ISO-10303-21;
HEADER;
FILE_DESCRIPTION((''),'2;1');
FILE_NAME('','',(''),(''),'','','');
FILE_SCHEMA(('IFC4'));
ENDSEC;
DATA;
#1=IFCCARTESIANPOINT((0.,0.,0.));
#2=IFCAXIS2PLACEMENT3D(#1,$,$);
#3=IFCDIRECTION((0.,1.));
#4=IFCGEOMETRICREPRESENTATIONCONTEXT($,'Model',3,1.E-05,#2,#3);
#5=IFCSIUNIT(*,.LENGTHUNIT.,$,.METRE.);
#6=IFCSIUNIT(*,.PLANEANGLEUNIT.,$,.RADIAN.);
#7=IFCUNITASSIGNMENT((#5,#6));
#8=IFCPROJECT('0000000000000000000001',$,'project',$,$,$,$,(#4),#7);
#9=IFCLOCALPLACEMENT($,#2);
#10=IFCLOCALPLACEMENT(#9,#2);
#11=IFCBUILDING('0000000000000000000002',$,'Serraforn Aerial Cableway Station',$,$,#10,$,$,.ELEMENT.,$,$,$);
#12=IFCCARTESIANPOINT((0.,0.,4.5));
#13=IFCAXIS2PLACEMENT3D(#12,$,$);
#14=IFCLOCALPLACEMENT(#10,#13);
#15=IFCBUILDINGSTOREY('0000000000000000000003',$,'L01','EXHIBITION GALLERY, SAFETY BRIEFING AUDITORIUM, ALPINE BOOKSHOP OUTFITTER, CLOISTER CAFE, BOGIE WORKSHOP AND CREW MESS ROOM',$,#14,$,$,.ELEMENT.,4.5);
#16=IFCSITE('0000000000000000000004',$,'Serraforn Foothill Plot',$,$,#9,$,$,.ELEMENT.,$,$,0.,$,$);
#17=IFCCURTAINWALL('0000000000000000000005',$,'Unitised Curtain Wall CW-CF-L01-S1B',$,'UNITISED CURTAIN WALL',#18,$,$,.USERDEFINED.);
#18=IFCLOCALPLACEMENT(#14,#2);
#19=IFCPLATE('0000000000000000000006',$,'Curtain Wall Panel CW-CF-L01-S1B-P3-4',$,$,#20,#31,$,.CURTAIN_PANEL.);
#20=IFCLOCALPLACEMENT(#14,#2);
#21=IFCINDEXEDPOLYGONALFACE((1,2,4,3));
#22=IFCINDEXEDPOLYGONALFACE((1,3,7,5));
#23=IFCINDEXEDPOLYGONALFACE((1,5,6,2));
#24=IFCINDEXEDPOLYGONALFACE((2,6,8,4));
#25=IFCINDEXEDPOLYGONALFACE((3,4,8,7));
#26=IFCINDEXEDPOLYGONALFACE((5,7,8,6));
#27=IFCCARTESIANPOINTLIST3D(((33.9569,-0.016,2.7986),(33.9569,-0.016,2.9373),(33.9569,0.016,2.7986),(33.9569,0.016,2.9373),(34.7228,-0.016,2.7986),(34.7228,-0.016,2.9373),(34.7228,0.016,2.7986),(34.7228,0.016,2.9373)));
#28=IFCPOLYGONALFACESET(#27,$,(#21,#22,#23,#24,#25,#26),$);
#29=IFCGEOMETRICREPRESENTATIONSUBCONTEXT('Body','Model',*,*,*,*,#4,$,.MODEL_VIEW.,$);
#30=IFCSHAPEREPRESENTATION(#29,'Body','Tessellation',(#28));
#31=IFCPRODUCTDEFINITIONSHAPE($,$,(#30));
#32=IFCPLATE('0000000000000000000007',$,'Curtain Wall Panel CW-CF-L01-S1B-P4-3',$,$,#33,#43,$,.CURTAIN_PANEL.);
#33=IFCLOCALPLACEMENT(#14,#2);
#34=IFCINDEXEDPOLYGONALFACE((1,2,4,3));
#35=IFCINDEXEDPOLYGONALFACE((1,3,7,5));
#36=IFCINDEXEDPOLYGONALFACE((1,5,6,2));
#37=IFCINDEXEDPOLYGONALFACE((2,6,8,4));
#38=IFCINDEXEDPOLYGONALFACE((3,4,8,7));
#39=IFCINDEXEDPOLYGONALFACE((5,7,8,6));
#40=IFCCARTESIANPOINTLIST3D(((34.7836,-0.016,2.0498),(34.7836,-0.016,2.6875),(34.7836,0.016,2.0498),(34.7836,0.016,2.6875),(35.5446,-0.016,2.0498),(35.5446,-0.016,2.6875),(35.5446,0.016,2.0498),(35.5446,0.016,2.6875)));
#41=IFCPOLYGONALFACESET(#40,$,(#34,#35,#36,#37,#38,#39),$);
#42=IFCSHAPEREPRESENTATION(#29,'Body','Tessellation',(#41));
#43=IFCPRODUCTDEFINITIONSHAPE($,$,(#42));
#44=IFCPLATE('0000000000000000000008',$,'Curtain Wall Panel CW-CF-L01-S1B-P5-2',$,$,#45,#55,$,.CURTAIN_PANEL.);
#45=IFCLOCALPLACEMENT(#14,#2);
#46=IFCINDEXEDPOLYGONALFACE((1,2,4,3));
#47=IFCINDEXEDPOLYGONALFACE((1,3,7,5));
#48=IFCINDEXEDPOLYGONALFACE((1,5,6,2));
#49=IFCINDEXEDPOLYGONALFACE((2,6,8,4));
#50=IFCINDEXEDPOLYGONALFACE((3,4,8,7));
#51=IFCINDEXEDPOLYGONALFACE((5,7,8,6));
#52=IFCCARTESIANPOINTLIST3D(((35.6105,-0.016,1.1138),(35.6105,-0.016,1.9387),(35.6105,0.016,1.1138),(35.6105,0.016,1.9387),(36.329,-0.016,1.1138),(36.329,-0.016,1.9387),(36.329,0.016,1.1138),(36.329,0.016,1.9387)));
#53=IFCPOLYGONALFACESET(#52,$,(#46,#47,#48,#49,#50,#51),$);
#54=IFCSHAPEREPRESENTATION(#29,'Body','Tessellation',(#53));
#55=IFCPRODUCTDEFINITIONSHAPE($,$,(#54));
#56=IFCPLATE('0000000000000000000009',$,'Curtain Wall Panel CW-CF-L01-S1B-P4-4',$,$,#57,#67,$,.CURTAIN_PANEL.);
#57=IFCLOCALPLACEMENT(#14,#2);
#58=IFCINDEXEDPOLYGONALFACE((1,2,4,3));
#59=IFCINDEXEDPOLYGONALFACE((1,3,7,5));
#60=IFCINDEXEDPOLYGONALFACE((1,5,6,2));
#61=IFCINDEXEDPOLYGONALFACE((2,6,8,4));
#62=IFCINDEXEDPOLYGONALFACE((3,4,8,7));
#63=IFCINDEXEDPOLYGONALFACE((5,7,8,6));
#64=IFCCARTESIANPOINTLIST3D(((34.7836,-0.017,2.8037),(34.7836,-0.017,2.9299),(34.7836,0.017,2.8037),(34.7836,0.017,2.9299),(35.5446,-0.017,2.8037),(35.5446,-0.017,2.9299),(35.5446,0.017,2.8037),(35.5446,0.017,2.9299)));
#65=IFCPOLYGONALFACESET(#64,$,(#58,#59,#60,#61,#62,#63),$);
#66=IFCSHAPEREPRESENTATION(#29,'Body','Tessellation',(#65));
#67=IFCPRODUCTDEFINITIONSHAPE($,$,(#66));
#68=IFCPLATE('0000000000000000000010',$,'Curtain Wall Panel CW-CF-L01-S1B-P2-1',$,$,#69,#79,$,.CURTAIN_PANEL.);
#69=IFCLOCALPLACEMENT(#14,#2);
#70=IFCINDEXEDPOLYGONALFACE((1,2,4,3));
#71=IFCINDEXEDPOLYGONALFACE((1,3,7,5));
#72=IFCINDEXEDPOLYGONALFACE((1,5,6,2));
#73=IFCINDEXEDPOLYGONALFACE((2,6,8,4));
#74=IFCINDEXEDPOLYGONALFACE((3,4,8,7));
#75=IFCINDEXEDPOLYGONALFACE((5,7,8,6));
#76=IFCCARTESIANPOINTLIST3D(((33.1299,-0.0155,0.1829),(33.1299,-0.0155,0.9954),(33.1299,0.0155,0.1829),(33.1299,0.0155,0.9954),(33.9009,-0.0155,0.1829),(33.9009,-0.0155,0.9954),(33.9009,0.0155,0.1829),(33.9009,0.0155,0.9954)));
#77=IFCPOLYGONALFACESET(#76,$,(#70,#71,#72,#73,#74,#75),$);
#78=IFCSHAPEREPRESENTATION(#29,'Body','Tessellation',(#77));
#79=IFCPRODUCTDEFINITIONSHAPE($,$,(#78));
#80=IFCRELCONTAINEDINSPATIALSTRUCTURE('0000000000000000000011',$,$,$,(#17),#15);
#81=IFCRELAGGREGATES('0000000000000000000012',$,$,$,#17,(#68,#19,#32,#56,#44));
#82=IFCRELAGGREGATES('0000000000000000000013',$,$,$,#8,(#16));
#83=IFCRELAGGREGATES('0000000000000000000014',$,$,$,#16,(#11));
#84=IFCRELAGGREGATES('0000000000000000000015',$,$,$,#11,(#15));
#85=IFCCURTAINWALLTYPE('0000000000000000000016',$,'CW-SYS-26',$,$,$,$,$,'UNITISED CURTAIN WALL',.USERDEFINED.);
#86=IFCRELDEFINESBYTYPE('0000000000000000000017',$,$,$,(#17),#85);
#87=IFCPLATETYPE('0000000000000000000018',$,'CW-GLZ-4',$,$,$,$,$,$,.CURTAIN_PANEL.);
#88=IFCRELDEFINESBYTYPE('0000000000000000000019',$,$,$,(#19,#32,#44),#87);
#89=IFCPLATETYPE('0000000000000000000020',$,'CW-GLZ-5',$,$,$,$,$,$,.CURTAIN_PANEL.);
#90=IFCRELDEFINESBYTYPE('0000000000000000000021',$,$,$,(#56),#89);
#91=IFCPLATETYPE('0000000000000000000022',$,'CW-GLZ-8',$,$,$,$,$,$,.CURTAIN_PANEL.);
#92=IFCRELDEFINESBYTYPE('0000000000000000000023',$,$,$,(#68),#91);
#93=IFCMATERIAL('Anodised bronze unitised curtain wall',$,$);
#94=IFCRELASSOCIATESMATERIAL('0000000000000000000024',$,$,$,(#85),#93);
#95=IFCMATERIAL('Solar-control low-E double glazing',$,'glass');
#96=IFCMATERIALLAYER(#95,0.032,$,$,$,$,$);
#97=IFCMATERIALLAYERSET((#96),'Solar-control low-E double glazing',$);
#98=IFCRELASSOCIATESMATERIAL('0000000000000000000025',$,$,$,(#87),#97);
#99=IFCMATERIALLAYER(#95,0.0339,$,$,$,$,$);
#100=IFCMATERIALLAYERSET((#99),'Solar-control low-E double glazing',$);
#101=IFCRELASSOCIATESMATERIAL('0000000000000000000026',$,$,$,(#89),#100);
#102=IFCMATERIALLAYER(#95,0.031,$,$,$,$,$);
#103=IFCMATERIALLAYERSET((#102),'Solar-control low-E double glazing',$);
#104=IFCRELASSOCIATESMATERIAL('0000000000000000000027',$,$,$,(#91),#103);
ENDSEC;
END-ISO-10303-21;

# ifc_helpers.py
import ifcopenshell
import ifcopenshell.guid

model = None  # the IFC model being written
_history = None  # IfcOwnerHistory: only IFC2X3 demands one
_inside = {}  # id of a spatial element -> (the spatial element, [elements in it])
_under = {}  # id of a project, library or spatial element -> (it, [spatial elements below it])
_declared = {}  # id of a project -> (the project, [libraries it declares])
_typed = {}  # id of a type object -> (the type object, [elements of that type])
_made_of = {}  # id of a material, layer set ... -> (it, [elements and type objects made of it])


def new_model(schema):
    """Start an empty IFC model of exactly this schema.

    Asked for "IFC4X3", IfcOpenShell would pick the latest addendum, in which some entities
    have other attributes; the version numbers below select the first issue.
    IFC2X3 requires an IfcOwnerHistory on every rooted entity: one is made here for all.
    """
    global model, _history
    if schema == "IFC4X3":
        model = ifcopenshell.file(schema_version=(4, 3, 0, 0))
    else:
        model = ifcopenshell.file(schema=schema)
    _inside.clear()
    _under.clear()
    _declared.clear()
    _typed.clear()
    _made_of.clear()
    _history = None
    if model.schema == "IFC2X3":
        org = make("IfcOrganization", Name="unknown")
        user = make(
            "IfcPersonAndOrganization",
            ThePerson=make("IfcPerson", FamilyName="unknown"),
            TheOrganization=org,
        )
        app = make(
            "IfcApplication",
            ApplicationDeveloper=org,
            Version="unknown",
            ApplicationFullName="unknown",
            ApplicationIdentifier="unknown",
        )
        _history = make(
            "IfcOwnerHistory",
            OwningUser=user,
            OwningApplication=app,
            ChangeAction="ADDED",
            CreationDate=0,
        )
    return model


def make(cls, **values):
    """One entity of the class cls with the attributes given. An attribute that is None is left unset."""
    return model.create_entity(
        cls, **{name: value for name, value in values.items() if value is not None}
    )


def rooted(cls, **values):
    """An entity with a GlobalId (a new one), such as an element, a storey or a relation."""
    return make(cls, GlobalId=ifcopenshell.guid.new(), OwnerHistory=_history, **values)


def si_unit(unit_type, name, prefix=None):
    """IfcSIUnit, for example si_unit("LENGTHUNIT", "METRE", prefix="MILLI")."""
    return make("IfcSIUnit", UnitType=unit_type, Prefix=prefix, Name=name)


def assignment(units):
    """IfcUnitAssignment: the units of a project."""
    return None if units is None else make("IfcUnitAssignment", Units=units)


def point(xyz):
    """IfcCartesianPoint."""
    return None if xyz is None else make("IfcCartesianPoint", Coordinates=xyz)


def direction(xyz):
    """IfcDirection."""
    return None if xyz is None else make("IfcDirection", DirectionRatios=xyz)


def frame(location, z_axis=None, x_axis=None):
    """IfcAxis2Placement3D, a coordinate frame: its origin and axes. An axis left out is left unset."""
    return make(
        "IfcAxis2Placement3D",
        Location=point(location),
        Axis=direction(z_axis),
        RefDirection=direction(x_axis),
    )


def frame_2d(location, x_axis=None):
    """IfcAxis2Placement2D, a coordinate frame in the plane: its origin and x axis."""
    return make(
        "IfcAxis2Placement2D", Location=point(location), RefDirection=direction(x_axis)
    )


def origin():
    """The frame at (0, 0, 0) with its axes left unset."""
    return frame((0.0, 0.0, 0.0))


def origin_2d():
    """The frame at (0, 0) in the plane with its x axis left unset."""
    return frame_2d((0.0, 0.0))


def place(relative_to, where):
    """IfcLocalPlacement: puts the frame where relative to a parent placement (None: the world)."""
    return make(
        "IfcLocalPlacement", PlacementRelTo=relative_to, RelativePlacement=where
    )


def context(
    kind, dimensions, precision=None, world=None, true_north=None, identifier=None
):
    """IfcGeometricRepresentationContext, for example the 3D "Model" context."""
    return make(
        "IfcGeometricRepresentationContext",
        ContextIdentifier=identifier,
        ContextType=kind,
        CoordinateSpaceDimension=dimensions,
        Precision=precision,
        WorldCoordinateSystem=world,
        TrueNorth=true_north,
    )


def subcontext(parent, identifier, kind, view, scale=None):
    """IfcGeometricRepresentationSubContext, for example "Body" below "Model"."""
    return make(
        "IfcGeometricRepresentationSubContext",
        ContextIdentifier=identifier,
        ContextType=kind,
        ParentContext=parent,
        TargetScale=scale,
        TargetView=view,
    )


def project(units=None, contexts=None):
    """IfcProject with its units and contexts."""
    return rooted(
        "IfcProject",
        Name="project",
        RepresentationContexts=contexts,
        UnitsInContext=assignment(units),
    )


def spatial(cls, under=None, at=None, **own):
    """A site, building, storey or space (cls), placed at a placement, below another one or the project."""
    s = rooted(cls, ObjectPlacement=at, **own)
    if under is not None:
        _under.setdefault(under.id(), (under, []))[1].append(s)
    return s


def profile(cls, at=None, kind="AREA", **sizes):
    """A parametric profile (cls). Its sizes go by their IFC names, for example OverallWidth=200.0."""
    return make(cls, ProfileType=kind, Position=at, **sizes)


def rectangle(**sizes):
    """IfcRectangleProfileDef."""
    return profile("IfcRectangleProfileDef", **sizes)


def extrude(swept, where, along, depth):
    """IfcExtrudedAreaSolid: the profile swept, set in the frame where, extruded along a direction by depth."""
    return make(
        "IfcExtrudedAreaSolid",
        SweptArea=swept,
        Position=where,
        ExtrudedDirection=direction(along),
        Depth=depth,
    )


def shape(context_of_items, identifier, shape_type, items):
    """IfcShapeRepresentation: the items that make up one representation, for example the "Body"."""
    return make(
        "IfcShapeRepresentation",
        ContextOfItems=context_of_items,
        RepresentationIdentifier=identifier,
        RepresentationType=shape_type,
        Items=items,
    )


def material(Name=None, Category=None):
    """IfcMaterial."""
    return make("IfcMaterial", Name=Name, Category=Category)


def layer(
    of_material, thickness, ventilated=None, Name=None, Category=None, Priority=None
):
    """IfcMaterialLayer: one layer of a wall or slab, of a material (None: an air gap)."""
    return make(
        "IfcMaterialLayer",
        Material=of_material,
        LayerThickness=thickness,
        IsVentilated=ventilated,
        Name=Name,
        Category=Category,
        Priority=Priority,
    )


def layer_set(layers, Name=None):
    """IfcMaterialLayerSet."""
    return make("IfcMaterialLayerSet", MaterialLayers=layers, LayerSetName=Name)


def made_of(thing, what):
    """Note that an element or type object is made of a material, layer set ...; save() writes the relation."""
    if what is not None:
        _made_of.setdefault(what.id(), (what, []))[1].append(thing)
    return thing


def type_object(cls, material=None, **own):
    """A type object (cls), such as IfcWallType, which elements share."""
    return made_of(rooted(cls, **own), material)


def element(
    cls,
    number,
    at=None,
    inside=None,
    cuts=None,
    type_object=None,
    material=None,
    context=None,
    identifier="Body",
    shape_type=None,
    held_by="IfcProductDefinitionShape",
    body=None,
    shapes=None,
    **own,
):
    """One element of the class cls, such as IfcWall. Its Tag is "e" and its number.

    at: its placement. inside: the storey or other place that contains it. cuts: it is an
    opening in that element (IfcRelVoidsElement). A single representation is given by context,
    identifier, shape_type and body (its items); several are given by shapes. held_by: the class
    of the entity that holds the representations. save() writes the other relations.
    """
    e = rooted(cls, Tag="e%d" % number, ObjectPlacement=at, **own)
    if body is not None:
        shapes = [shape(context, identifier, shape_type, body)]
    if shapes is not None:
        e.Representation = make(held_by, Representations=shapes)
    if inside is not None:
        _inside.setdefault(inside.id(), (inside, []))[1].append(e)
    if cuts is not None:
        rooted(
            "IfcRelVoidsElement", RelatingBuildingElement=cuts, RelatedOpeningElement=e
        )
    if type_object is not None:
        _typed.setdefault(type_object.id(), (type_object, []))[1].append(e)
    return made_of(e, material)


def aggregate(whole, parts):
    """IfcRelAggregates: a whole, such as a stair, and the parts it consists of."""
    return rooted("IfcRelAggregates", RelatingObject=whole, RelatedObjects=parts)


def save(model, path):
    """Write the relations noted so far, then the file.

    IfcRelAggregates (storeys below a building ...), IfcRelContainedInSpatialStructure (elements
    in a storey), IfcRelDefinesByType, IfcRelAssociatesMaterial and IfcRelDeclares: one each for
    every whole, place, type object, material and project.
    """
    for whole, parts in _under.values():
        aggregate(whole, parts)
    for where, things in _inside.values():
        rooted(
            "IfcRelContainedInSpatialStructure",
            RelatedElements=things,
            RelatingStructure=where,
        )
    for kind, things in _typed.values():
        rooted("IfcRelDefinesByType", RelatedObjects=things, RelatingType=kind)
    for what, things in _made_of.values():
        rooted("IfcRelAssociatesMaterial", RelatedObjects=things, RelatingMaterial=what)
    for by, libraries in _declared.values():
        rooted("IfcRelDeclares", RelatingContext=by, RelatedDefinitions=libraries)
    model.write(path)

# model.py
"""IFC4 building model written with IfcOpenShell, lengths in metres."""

from ifc_helpers import new_model, si_unit, direction, frame, origin, origin_2d, place, context, subcontext, project, spatial, rectangle, extrude, material, layer, layer_set, type_object, element, aggregate, save


model = new_model("IFC4")

# Units and contexts
model_context = context("Model", 3, precision=1e-05, world=origin(), true_north=direction((0.0, 1.0)))
body_context = subcontext(model_context, "Body", "Model", "MODEL_VIEW")
ifc_project = project(units=[si_unit("LENGTHUNIT", "METRE"), si_unit("PLANEANGLEUNIT", "RADIAN")], contexts=[model_context])

# Site, building, storey
site_placement = place(None, origin())
site = spatial("IfcSite", under=ifc_project, at=site_placement, Name="Serraforn Foothill Plot", CompositionType="ELEMENT", RefElevation=0.0)
building_placement = place(site_placement, origin())
building = spatial("IfcBuilding", under=site, at=building_placement, Name="Serraforn Aerial Cableway Station", CompositionType="ELEMENT")
storey_placement = place(building_placement, frame((0.0, 0.0, 4.5)))
storey = spatial("IfcBuildingStorey", under=building, at=storey_placement, Name="L01", Description="EXHIBITION GALLERY, SAFETY BRIEFING AUDITORIUM, ALPINE BOOKSHOP OUTFITTER, CLOISTER CAFE, BOGIE WORKSHOP AND CREW MESS ROOM", CompositionType="ELEMENT", Elevation=4.5)

# Curtain wall, plates
ifc_material_1 = material(Name="Anodised bronze unitised curtain wall")
curtain_wall_type = type_object("IfcCurtainWallType", Name="CW-SYS-26", ElementType="UNITISED CURTAIN WALL", PredefinedType="USERDEFINED", material=ifc_material_1)
curtain_wall_placement = place(storey_placement, origin())
curtain_wall = element("IfcCurtainWall", 1, at=curtain_wall_placement, inside=storey, type_object=curtain_wall_type, Name="Unitised Curtain Wall CW-CF-L01-S1B", ObjectType="UNITISED CURTAIN WALL", PredefinedType="USERDEFINED")
ifc_material_2 = material(Name="Solar-control low-E double glazing", Category="glass")
ifc_layer_1 = layer(ifc_material_2, 0.032)
ifc_layer_set_1 = layer_set([ifc_layer_1], Name="Solar-control low-E double glazing")
plate_type_1 = type_object("IfcPlateType", Name="CW-GLZ-4", PredefinedType="CURTAIN_PANEL", material=ifc_layer_set_1)
plate_1_placement = place(storey_placement, frame((34.3398, 0.0, 2.7986), z_axis=(0.0, 0.0, 1.0), x_axis=(1.0, 0.0, 0.0)))
plate_1 = element("IfcPlate", 2, at=plate_1_placement, type_object=plate_type_1, Name="Curtain Wall Panel CW-CF-L01-S1B-P3-4", PredefinedType="CURTAIN_PANEL", context=body_context, shape_type="SweptSolid", body=[
    extrude(rectangle(XDim=0.7659, YDim=0.032, at=origin_2d()), origin(), (0.0, 0.0, 1.0), 0.1387),
])
plate_2_placement = place(storey_placement, frame((35.1641, 0.0, 2.0498), z_axis=(0.0, 0.0, 1.0), x_axis=(1.0, 0.0, 0.0)))
plate_2 = element("IfcPlate", 3, at=plate_2_placement, type_object=plate_type_1, Name="Curtain Wall Panel CW-CF-L01-S1B-P4-3", PredefinedType="CURTAIN_PANEL", context=body_context, shape_type="SweptSolid", body=[
    extrude(rectangle(XDim=0.761, YDim=0.032, at=origin_2d()), origin(), (0.0, 0.0, 1.0), 0.6377),
])
plate_3_placement = place(storey_placement, frame((35.9697, 0.0, 1.1138), z_axis=(0.0, 0.0, 1.0), x_axis=(1.0, 0.0, 0.0)))
plate_3 = element("IfcPlate", 4, at=plate_3_placement, type_object=plate_type_1, Name="Curtain Wall Panel CW-CF-L01-S1B-P5-2", PredefinedType="CURTAIN_PANEL", context=body_context, shape_type="SweptSolid", body=[
    extrude(rectangle(XDim=0.7185, YDim=0.032, at=origin_2d()), origin(), (0.0, 0.0, 1.0), 0.825),
])
ifc_layer_2 = layer(ifc_material_2, 0.0339)
ifc_layer_set_2 = layer_set([ifc_layer_2], Name="Solar-control low-E double glazing")
plate_type_2 = type_object("IfcPlateType", Name="CW-GLZ-5", PredefinedType="CURTAIN_PANEL", material=ifc_layer_set_2)
plate_4_placement = place(storey_placement, frame((35.1641, 0.0, 2.8037), z_axis=(0.0, 0.0, 1.0), x_axis=(1.0, 0.0, 0.0)))
plate_4 = element("IfcPlate", 5, at=plate_4_placement, type_object=plate_type_2, Name="Curtain Wall Panel CW-CF-L01-S1B-P4-4", PredefinedType="CURTAIN_PANEL", context=body_context, shape_type="SweptSolid", body=[
    extrude(rectangle(XDim=0.761, YDim=0.0339, at=origin_2d()), origin(), (0.0, 0.0, 1.0), 0.1262),
])
ifc_layer_3 = layer(ifc_material_2, 0.031)
ifc_layer_set_3 = layer_set([ifc_layer_3], Name="Solar-control low-E double glazing")
plate_type_3 = type_object("IfcPlateType", Name="CW-GLZ-8", PredefinedType="CURTAIN_PANEL", material=ifc_layer_set_3)
plate_5_placement = place(storey_placement, frame((33.5154, 0.0, 0.1829), z_axis=(0.0, 0.0, 1.0), x_axis=(1.0, 0.0, 0.0)))
plate_5 = element("IfcPlate", 6, at=plate_5_placement, type_object=plate_type_3, Name="Curtain Wall Panel CW-CF-L01-S1B-P2-1", PredefinedType="CURTAIN_PANEL", context=body_context, shape_type="SweptSolid", body=[
    extrude(rectangle(XDim=0.771, YDim=0.031, at=origin_2d()), origin(), (0.0, 0.0, 1.0), 0.8125),
])
aggregate(curtain_wall, [plate_5, plate_1, plate_2, plate_4, plate_3])

save(model, "model.ifc")
